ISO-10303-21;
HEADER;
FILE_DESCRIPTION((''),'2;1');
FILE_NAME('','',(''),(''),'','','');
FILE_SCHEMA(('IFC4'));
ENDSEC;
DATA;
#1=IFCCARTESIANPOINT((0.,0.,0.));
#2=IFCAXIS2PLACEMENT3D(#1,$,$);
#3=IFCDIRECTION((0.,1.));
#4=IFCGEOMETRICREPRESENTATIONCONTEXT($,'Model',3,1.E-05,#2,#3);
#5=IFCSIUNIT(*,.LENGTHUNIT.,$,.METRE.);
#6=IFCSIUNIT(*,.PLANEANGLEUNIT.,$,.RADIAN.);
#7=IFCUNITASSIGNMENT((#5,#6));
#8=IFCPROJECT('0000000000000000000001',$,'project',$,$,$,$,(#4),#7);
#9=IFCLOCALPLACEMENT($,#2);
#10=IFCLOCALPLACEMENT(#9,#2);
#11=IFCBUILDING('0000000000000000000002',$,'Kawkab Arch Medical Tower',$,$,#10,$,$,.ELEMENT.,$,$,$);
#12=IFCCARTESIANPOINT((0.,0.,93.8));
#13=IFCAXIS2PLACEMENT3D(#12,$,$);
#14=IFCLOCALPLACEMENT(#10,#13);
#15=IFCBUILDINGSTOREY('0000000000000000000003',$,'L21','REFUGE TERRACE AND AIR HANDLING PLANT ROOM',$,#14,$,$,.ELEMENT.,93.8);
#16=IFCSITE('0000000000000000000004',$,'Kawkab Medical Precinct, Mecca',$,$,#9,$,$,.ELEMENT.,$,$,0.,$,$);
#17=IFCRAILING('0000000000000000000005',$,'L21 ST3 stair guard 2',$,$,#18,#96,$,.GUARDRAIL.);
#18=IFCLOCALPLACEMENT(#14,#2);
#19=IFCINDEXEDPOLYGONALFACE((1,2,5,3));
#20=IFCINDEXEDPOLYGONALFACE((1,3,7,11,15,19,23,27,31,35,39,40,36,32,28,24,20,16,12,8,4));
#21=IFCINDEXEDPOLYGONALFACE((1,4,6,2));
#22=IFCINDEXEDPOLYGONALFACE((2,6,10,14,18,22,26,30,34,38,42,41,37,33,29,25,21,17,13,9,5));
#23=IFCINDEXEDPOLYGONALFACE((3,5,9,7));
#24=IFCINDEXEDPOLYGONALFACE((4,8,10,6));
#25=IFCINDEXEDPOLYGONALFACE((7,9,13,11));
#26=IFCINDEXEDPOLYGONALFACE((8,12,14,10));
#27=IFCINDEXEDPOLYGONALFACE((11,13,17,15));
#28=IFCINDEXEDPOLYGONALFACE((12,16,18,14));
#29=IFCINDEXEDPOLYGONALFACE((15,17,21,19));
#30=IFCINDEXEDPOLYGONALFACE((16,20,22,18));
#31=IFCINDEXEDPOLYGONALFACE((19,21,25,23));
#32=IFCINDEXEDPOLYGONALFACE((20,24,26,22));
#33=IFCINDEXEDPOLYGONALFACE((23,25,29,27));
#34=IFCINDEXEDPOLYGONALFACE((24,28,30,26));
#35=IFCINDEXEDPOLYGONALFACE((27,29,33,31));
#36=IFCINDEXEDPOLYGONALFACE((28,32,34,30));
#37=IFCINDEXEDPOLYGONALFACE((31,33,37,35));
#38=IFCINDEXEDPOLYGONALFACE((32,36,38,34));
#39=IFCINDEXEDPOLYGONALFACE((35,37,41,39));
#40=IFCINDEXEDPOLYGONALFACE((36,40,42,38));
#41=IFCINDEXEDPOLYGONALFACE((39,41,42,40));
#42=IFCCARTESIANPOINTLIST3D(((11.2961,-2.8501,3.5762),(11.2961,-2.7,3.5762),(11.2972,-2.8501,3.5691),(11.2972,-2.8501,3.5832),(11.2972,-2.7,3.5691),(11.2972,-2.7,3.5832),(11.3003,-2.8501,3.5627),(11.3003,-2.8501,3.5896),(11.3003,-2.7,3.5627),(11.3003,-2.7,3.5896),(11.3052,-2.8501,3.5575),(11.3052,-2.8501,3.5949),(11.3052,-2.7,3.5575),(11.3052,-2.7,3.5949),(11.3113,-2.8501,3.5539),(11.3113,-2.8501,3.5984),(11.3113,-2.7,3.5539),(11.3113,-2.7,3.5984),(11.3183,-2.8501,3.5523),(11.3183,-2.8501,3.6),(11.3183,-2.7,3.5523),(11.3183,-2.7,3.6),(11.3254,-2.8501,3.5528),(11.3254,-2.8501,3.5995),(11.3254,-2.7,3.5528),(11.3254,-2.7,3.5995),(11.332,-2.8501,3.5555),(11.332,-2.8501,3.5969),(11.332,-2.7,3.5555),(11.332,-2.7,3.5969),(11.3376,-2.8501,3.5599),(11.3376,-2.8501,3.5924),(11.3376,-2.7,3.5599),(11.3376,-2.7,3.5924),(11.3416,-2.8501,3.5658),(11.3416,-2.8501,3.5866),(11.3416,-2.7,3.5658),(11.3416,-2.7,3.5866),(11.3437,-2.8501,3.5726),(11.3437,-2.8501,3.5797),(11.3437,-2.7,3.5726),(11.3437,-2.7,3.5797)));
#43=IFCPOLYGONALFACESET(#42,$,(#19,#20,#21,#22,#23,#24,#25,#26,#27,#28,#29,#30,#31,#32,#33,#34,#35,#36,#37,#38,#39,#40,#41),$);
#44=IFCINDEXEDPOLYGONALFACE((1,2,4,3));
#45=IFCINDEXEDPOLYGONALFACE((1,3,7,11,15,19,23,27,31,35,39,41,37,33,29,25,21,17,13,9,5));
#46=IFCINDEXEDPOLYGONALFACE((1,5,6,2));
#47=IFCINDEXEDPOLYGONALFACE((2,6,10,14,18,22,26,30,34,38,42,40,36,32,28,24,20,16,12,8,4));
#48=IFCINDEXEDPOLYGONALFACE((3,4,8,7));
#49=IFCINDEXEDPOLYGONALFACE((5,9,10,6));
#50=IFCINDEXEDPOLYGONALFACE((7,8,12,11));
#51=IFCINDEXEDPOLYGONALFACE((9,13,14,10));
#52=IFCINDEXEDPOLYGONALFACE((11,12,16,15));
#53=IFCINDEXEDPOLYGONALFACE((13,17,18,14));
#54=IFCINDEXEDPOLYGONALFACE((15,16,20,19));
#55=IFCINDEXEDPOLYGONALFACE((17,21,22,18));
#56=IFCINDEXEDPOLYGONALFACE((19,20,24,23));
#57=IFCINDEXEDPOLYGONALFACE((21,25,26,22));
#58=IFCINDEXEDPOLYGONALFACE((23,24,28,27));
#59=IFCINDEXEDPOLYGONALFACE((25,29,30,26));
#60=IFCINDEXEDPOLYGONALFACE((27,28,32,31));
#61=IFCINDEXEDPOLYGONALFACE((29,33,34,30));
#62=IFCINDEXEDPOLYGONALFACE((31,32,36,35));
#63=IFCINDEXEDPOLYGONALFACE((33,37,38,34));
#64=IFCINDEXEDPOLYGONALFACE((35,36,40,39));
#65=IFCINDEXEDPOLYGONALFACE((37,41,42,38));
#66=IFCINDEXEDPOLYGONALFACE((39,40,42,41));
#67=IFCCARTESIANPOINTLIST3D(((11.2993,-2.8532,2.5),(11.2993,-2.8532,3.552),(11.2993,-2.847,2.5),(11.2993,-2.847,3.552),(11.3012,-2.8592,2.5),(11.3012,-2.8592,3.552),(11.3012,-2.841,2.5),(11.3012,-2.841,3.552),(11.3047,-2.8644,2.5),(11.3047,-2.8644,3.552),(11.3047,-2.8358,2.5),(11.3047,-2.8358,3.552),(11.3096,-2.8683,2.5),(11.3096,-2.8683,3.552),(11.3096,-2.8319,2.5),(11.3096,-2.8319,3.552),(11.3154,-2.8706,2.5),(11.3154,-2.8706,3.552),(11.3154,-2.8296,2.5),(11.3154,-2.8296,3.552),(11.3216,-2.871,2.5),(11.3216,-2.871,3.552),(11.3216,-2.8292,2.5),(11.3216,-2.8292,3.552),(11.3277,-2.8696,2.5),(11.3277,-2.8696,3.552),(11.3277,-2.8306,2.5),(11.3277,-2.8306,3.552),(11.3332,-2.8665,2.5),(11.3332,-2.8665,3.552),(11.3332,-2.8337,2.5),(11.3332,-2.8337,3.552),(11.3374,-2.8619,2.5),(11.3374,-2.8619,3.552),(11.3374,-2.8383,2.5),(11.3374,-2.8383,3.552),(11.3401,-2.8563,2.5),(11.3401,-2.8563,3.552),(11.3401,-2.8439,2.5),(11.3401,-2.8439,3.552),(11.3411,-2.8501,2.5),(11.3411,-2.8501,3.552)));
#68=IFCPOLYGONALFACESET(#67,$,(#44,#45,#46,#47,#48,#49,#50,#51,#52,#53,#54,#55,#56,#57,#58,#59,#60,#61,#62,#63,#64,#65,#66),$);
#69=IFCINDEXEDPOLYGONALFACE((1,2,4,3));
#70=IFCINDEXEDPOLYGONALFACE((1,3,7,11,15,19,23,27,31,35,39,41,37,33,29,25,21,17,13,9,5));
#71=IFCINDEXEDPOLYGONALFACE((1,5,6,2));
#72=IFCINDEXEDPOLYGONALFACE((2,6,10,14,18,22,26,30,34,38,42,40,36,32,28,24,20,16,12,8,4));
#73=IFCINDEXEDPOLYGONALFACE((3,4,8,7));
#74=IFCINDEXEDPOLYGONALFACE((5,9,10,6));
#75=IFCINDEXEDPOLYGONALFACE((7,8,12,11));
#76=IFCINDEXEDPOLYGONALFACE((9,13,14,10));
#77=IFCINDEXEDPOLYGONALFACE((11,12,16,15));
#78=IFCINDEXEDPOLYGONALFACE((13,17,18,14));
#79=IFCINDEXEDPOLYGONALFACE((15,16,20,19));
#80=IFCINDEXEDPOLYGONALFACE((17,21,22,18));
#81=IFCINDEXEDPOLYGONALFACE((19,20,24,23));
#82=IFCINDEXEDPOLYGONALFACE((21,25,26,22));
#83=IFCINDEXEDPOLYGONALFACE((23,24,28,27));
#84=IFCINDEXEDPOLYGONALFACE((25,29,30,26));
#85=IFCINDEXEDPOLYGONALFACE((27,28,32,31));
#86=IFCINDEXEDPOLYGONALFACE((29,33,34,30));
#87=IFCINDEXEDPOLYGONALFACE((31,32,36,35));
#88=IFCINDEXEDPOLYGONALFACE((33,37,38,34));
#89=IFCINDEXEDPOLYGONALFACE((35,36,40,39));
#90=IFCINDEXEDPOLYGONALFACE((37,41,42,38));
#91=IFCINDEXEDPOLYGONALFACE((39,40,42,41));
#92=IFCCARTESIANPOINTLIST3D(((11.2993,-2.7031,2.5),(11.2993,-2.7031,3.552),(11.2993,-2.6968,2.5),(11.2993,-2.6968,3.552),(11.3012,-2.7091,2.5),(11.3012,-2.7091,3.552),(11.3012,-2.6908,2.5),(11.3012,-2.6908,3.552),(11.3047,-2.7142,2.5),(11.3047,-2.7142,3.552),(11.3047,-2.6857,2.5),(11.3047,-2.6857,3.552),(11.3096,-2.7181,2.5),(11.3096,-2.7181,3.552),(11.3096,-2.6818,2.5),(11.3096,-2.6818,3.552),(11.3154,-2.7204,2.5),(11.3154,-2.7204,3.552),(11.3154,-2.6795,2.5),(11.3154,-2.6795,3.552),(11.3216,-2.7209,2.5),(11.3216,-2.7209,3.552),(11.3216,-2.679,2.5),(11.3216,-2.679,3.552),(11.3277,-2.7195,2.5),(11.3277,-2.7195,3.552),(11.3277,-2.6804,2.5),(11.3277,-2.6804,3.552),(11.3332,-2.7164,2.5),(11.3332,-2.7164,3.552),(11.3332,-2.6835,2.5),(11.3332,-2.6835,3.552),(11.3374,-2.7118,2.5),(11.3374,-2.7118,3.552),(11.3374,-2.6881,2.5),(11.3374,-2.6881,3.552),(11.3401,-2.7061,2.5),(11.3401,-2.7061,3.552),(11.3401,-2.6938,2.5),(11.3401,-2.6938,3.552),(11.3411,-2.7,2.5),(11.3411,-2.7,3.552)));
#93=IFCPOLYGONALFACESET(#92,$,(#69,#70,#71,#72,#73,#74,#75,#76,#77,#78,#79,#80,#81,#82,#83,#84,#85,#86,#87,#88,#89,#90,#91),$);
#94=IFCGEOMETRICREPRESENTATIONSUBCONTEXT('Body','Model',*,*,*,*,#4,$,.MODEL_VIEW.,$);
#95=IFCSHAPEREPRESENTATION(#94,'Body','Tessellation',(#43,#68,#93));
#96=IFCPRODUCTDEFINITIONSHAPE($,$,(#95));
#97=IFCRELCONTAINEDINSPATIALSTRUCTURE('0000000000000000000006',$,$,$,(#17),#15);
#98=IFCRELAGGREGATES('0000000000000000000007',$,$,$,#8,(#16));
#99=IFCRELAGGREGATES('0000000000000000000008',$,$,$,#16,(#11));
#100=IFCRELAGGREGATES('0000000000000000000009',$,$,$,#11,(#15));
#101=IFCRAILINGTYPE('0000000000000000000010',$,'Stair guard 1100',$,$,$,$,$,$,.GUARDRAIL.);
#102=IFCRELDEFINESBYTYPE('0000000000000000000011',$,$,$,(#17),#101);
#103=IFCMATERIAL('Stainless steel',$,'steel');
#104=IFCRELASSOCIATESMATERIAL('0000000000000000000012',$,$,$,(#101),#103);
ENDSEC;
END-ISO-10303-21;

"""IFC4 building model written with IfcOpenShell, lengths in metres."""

from ifc_helpers import new_model, si_unit, direction, frame, origin, origin_2d, place, context, subcontext, project, spatial, circle, extrude, material, type_object, element, save


model = new_model("IFC4")

# Units and contexts
model_context = context("Model", 3, precision=1e-05, world=origin(), true_north=direction((0.0, 1.0)))
body_context = subcontext(model_context, "Body", "Model", "MODEL_VIEW")
ifc_project = project(units=[si_unit("LENGTHUNIT", "METRE"), si_unit("PLANEANGLEUNIT", "RADIAN")], contexts=[model_context])

# Site, building, storey
site_placement = place(None, origin())
site = spatial("IfcSite", under=ifc_project, at=site_placement, Name="Kawkab Medical Precinct, Mecca", CompositionType="ELEMENT", RefElevation=0.0)
building_placement = place(site_placement, origin())
building = spatial("IfcBuilding", under=site, at=building_placement, Name="Kawkab Arch Medical Tower", CompositionType="ELEMENT")
storey_placement = place(building_placement, frame((0.0, 0.0, 93.8)))
storey = spatial("IfcBuildingStorey", under=building, at=storey_placement, Name="L21", Description="REFUGE TERRACE AND AIR HANDLING PLANT ROOM", CompositionType="ELEMENT", Elevation=93.8)

# Railing
ifc_material_1 = material(Name="Stainless steel", Category="steel")
railing_type = type_object("IfcRailingType", Name="Stair guard 1100", PredefinedType="GUARDRAIL", material=ifc_material_1)
railing_1_placement = place(storey_placement, frame((11.3201, -2.8501, 2.5)))
element("IfcRailing", 1, at=railing_1_placement, inside=storey, type_object=railing_type, Name="L21 ST3 stair guard 2", PredefinedType="GUARDRAIL", context=body_context, shape_type="SweptSolid", body=[
    extrude(circle(Radius=0.0239, at=origin_2d()), frame((0.0, 0.0, 1.0762), z_axis=(0.0, 1.0, 0.0), x_axis=(-1.0, 0.0, 0.0)), (0.0, 0.0, 1.0), 0.1501),
    extrude(circle(Radius=0.021, at=origin_2d()), origin(), (0.0, 0.0, 1.0), 1.052),
    extrude(circle(Radius=0.021, at=origin_2d()), frame((0.0, 0.1501, 0.0)), (0.0, 0.0, 1.0), 1.052),
])

save(model, "model.ifc")
